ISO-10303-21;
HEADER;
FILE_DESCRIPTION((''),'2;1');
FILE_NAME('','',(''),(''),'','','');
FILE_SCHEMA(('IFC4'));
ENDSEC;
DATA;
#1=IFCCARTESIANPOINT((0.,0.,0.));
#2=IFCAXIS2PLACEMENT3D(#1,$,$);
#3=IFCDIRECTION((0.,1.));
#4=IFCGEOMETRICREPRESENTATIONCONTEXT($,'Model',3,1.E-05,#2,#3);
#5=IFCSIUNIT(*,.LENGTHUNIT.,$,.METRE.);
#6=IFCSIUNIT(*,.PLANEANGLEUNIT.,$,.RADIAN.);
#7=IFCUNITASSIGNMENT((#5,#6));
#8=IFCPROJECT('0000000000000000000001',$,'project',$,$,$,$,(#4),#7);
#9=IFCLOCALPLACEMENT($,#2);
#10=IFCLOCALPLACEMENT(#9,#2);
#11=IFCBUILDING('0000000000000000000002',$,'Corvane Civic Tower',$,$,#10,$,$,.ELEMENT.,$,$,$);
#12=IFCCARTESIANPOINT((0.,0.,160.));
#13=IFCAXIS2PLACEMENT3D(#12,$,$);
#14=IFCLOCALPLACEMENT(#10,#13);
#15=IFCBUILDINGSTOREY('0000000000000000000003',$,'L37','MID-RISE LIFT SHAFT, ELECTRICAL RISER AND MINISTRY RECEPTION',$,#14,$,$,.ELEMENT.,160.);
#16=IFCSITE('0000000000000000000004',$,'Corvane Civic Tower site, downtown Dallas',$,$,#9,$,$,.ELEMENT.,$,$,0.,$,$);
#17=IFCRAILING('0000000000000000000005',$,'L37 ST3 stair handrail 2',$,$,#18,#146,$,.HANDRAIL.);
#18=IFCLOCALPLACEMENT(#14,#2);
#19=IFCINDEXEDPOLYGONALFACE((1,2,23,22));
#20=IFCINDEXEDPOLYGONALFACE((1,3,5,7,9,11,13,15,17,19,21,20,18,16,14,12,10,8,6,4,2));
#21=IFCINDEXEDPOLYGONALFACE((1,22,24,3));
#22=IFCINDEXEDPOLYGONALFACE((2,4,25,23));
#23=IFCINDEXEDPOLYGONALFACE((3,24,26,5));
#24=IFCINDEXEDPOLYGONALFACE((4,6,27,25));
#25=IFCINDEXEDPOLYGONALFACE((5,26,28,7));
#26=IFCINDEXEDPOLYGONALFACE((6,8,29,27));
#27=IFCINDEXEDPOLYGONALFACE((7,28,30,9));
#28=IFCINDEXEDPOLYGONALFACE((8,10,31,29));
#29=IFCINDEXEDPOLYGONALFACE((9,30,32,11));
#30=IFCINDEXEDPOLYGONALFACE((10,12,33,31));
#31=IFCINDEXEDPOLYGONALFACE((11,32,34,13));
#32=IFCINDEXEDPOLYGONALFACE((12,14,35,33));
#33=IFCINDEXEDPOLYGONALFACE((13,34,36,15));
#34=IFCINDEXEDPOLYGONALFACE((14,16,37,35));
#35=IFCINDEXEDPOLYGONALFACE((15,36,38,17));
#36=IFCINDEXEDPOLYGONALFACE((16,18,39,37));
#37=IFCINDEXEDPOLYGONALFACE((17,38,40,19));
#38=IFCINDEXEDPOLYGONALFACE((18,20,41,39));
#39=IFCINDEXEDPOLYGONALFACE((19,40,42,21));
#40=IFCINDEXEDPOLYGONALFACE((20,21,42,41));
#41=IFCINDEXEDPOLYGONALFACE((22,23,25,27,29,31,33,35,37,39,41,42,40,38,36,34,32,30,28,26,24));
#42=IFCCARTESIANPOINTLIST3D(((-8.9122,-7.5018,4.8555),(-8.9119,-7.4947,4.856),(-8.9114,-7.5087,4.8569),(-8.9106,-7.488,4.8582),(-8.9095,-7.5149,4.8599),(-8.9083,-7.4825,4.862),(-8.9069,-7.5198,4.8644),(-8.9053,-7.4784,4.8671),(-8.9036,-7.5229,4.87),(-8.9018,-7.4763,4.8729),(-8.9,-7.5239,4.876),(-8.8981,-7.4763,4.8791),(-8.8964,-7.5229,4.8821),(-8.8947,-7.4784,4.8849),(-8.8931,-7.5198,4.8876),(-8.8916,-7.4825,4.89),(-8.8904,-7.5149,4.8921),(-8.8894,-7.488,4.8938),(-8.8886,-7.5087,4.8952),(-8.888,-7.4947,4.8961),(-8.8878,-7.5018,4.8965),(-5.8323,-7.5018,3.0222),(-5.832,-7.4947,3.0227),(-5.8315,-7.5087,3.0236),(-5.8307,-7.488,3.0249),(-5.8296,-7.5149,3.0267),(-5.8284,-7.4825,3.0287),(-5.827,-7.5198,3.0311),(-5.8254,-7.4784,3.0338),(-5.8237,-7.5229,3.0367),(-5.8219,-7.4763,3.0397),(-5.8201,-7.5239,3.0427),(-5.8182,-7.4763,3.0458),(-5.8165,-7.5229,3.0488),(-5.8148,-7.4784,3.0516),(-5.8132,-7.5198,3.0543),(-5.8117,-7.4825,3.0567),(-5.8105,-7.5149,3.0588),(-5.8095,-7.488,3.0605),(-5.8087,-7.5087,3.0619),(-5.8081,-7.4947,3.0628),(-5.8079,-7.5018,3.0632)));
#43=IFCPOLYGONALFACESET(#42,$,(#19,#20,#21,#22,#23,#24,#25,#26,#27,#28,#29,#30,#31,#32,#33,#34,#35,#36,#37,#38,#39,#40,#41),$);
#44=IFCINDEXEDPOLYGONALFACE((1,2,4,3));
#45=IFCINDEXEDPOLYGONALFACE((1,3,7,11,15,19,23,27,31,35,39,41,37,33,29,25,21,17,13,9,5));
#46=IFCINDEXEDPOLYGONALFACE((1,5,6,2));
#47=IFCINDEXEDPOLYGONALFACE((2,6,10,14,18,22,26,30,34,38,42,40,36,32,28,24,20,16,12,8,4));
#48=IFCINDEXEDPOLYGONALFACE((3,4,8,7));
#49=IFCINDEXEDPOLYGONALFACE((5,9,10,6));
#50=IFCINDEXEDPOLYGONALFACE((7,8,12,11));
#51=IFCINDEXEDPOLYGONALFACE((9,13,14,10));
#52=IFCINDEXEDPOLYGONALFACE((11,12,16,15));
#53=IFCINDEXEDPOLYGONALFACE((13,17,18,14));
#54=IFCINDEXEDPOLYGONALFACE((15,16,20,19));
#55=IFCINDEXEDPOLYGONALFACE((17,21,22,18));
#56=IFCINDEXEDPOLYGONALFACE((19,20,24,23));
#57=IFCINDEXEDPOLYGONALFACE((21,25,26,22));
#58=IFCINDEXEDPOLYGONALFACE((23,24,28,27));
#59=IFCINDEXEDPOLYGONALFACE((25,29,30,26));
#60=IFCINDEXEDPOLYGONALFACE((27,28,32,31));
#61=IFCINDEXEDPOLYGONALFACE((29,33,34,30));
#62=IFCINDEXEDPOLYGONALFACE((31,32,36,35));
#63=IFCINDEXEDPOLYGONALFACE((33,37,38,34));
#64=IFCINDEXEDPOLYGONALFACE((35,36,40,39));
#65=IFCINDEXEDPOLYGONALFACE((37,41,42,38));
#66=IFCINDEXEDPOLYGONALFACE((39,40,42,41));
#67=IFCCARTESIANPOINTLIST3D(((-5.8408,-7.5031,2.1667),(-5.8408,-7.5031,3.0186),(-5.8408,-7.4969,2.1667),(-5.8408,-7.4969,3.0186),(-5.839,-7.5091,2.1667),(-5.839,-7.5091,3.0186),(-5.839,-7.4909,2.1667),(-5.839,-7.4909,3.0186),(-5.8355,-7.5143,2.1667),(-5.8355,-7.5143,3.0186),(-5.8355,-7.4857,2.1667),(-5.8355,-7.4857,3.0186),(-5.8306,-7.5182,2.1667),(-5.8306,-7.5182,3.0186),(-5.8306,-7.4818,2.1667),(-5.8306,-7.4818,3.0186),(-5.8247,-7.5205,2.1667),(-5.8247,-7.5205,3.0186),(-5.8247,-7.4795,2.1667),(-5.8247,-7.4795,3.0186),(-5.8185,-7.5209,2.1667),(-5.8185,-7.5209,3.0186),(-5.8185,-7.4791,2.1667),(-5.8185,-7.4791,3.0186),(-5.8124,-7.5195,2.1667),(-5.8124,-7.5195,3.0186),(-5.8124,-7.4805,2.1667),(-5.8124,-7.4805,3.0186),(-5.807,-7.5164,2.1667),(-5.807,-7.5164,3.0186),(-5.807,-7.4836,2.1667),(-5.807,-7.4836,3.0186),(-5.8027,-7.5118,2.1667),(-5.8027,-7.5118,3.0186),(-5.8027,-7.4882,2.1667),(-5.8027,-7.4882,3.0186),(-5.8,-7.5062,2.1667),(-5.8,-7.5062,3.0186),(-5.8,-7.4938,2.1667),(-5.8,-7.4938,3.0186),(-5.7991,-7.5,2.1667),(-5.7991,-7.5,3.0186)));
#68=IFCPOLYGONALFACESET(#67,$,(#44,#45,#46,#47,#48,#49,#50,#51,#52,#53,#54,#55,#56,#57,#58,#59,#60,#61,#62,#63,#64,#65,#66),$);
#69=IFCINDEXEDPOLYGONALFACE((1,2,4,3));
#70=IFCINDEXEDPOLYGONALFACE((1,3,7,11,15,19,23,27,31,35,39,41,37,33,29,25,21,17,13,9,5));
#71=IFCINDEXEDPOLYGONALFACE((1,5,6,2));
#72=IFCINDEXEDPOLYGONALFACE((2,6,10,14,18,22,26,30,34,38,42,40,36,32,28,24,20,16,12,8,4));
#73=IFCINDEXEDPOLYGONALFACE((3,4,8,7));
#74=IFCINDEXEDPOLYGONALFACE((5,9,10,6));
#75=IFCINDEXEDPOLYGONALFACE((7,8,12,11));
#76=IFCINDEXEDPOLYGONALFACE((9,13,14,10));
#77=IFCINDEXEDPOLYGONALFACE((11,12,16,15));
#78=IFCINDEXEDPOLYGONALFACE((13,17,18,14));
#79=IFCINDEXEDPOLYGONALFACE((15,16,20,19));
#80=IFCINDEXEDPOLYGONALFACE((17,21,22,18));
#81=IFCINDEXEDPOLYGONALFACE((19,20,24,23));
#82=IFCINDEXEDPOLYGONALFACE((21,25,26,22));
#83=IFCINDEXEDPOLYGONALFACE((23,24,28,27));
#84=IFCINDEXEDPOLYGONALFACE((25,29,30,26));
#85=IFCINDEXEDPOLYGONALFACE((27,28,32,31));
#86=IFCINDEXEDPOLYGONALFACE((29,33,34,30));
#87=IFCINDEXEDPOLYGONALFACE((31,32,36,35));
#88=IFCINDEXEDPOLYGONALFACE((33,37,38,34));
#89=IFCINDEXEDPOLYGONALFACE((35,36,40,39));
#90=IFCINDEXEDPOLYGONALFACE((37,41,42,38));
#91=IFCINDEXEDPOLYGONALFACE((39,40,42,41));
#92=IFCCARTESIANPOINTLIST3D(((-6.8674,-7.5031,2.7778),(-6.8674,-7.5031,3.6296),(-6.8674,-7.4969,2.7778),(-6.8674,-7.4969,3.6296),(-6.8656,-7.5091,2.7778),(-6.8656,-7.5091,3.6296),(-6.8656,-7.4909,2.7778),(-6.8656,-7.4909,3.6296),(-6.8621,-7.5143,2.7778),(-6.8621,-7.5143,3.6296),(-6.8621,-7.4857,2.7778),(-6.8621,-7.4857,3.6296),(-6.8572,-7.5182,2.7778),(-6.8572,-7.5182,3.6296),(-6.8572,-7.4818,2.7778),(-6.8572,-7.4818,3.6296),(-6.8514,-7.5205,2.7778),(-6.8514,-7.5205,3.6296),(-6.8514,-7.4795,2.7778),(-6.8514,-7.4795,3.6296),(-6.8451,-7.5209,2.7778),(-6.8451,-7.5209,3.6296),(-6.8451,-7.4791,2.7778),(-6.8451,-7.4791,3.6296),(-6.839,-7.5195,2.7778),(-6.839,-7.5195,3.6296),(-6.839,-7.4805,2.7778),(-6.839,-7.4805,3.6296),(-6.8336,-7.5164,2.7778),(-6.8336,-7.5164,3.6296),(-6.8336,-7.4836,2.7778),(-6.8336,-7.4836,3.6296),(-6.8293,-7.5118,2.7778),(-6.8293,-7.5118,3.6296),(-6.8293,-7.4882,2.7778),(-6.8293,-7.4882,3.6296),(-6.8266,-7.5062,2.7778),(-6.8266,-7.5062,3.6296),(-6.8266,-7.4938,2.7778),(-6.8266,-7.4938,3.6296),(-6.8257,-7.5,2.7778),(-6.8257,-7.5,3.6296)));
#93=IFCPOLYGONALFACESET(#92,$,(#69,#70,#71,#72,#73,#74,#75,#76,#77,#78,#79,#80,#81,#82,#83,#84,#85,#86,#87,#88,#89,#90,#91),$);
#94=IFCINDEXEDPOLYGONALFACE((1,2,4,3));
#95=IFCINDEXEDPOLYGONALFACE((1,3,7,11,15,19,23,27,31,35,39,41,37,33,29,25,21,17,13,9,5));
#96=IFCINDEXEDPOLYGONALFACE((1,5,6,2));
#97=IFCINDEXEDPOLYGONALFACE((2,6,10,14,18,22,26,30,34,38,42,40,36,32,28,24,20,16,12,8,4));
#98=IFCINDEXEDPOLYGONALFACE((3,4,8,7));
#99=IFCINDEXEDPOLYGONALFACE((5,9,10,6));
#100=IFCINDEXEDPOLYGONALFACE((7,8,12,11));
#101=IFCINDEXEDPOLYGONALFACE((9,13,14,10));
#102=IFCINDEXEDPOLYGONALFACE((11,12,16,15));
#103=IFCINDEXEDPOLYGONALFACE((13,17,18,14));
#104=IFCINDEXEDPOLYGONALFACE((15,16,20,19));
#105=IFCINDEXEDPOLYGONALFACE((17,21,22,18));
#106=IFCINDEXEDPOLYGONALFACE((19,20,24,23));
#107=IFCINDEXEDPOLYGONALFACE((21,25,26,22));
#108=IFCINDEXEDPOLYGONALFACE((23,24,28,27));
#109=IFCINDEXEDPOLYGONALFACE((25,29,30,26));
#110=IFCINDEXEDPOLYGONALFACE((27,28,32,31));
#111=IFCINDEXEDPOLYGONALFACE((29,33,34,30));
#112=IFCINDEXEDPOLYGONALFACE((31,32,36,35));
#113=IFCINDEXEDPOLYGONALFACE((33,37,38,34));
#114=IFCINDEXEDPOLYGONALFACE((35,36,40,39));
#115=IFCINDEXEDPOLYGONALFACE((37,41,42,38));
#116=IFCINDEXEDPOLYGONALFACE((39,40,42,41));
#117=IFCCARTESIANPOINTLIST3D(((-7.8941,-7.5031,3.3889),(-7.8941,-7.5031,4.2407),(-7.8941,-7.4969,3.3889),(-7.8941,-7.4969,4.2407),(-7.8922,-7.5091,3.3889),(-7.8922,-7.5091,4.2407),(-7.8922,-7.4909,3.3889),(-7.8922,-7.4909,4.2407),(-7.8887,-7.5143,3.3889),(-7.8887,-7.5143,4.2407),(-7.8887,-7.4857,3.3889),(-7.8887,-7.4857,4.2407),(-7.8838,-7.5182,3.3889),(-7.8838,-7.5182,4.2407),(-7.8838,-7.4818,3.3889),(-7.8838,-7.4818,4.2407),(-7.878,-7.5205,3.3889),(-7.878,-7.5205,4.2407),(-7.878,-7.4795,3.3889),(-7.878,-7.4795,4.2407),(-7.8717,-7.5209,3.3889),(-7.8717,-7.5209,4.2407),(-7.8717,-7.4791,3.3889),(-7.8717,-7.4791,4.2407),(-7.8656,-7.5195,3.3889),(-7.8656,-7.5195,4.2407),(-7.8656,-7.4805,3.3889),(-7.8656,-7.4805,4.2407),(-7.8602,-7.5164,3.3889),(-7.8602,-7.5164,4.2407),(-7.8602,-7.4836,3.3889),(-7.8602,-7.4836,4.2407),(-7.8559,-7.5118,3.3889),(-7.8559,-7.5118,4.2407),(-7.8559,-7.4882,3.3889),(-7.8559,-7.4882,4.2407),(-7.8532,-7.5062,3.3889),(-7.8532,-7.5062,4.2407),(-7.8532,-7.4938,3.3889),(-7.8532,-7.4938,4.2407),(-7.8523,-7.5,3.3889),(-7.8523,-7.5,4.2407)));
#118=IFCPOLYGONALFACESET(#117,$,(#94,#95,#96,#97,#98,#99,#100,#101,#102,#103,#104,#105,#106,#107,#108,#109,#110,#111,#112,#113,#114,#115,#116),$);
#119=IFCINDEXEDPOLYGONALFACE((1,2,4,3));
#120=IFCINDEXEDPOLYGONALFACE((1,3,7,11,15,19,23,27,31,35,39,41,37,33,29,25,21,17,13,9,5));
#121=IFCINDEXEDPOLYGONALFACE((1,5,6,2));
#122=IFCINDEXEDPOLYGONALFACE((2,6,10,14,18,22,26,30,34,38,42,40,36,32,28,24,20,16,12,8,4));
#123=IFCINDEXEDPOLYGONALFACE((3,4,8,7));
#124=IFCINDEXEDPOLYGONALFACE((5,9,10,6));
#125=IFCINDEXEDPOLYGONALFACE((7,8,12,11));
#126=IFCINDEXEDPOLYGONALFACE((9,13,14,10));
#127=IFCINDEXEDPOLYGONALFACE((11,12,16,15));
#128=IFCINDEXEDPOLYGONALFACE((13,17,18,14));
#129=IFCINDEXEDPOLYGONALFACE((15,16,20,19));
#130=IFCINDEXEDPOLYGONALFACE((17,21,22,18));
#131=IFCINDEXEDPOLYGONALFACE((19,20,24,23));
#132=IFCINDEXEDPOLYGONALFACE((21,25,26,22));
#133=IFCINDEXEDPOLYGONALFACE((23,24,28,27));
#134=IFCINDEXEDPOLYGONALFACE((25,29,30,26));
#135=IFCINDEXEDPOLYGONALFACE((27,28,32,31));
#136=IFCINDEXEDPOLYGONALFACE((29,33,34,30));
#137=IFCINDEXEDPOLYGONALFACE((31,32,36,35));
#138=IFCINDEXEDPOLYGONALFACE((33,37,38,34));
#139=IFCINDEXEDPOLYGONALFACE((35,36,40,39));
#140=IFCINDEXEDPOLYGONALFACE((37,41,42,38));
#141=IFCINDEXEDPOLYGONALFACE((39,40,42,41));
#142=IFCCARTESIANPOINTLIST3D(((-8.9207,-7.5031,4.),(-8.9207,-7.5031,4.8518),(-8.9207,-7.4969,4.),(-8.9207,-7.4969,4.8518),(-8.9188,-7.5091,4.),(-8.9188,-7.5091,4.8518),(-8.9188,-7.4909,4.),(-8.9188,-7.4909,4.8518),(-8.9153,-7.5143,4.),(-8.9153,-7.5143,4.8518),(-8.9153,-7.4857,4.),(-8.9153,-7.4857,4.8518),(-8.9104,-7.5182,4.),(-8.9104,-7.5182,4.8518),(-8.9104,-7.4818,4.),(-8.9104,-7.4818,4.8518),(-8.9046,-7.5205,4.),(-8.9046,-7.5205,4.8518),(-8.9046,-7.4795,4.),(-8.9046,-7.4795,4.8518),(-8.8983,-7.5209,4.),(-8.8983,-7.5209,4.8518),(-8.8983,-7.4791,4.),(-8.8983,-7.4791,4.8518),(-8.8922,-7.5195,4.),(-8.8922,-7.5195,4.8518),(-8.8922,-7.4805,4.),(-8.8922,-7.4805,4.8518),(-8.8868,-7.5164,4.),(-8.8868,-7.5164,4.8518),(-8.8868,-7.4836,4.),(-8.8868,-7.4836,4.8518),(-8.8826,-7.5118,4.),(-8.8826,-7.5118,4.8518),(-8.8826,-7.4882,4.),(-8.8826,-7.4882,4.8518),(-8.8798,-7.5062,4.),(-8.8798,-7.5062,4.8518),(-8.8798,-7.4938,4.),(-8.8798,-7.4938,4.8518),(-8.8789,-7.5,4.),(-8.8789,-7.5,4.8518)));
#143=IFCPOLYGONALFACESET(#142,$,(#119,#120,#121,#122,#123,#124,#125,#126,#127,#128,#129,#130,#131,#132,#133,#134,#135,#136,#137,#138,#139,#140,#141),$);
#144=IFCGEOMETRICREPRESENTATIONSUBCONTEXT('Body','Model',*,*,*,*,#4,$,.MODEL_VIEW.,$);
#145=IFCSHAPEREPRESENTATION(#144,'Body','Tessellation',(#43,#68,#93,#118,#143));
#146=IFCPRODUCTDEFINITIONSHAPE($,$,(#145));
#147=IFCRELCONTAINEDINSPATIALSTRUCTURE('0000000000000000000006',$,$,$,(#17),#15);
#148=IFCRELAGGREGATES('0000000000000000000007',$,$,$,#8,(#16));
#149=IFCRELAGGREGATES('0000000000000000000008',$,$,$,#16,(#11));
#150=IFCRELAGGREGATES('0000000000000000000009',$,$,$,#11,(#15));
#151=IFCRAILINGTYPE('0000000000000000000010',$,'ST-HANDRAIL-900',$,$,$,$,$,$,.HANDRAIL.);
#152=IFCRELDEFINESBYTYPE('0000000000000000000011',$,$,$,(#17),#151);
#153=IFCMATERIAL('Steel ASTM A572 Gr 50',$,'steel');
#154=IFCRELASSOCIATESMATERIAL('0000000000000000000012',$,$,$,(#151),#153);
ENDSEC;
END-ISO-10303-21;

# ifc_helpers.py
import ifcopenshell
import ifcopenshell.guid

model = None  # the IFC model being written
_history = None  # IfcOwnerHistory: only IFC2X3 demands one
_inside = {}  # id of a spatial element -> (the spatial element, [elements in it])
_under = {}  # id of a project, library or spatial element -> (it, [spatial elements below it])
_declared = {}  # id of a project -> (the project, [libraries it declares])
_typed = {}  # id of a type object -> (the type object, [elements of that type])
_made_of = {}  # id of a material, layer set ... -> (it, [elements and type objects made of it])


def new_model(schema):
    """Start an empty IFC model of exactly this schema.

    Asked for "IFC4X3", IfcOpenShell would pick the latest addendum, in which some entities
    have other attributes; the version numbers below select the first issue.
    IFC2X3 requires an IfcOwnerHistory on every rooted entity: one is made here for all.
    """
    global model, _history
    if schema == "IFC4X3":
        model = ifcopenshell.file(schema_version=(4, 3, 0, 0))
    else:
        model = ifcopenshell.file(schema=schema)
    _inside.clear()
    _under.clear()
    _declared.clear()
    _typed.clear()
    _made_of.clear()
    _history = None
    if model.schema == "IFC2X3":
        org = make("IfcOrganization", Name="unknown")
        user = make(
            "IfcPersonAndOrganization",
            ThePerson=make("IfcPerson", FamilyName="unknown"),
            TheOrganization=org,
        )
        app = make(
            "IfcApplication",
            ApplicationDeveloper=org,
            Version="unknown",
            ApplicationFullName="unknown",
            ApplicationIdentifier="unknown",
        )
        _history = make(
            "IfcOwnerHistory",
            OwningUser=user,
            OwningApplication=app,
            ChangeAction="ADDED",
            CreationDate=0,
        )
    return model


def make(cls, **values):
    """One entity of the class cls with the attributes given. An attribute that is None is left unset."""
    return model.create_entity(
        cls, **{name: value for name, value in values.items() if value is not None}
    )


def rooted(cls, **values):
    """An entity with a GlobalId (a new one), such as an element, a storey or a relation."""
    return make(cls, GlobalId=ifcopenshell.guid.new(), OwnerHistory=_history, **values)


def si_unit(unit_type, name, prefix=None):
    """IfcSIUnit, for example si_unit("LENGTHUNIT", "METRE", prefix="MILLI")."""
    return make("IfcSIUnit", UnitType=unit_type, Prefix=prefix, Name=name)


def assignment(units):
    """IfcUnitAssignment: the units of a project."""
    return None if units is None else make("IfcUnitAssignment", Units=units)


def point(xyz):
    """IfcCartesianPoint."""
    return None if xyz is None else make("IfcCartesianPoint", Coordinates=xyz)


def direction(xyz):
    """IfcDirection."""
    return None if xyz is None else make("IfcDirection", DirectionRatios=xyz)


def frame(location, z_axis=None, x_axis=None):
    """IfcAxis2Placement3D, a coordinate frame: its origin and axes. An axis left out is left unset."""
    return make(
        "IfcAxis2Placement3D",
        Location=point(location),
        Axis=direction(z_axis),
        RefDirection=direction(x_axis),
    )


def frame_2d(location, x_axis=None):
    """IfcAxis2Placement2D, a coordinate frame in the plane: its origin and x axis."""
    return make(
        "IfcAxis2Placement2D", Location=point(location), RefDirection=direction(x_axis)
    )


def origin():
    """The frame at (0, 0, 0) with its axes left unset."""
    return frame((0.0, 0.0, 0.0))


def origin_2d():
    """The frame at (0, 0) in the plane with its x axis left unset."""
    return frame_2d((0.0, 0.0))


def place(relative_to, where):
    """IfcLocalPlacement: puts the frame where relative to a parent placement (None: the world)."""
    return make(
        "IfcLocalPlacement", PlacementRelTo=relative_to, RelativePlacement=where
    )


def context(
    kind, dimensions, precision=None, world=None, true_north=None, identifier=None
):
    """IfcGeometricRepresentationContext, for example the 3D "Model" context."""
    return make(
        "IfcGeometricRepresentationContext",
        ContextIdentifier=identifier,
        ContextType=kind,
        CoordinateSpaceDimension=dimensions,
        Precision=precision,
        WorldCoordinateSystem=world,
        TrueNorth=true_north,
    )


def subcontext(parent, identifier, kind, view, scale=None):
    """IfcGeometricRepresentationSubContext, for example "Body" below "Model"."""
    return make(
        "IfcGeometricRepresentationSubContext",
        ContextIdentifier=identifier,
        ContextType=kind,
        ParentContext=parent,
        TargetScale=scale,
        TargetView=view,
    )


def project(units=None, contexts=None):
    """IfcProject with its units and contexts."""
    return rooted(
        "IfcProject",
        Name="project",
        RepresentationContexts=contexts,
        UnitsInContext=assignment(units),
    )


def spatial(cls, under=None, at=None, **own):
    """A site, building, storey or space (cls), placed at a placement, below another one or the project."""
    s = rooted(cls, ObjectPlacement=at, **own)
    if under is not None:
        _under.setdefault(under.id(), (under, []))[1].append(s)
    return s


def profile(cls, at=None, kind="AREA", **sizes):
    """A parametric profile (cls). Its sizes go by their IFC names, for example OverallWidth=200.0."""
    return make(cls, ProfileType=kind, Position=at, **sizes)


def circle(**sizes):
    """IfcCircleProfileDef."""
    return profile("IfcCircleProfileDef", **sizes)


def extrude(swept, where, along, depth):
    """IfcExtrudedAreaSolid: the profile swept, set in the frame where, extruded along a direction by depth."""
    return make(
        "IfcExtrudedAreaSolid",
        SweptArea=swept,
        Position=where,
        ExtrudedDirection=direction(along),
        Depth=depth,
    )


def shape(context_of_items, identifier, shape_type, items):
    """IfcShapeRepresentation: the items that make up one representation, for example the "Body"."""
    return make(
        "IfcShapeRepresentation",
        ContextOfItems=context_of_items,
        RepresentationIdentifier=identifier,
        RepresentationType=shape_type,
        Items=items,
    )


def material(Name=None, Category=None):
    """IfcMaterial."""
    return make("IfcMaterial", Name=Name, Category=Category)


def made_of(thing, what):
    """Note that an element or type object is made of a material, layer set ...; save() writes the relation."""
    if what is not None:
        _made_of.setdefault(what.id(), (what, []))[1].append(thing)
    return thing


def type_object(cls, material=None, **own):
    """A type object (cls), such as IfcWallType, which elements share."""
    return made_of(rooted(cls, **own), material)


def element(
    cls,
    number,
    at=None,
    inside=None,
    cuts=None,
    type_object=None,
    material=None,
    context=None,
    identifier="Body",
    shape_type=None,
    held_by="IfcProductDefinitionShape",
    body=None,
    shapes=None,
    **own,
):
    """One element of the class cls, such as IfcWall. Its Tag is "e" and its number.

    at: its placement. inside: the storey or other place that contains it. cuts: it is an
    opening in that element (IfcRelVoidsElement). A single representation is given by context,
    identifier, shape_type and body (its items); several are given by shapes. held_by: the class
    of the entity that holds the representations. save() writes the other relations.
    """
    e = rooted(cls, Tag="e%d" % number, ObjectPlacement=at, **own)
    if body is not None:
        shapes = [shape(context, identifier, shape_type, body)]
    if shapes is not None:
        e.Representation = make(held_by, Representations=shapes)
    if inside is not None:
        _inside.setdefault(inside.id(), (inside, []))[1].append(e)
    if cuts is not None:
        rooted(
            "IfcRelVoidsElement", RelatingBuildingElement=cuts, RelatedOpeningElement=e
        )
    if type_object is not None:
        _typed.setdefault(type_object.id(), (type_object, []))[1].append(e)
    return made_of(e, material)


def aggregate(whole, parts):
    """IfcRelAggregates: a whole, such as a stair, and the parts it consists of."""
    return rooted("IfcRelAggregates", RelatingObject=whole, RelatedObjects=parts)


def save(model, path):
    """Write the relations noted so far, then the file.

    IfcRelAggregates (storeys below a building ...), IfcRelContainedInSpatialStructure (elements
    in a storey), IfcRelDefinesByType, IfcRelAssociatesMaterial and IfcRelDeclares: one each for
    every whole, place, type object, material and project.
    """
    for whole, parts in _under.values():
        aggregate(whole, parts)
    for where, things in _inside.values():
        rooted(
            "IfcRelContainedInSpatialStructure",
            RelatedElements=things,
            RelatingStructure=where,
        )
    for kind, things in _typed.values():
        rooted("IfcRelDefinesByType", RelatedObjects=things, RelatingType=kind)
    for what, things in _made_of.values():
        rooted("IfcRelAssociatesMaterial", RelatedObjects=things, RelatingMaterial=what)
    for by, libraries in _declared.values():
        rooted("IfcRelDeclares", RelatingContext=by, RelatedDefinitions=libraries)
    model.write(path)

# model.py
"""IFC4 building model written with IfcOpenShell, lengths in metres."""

from ifc_helpers import new_model, si_unit, direction, frame, origin, origin_2d, place, context, subcontext, project, spatial, circle, extrude, material, type_object, element, save


model = new_model("IFC4")

# Units and contexts
model_context = context("Model", 3, precision=1e-05, world=origin(), true_north=direction((0.0, 1.0)))
body_context = subcontext(model_context, "Body", "Model", "MODEL_VIEW")
ifc_project = project(units=[si_unit("LENGTHUNIT", "METRE"), si_unit("PLANEANGLEUNIT", "RADIAN")], contexts=[model_context])

# Site, building, storey
site_placement = place(None, origin())
site = spatial("IfcSite", under=ifc_project, at=site_placement, Name="Corvane Civic Tower site, downtown Dallas", CompositionType="ELEMENT", RefElevation=0.0)
building_placement = place(site_placement, origin())
building = spatial("IfcBuilding", under=site, at=building_placement, Name="Corvane Civic Tower", CompositionType="ELEMENT")
storey_placement = place(building_placement, frame((0.0, 0.0, 160.0)))
storey = spatial("IfcBuildingStorey", under=building, at=storey_placement, Name="L37", Description="MID-RISE LIFT SHAFT, ELECTRICAL RISER AND MINISTRY RECEPTION", CompositionType="ELEMENT", Elevation=160.0)

# Railing
ifc_material_1 = material(Name="Steel ASTM A572 Gr 50", Category="steel")
railing_type_1 = type_object("IfcRailingType", Name="ST-HANDRAIL-900", PredefinedType="HANDRAIL", material=ifc_material_1)
railing_1_placement = place(storey_placement, frame((-5.8201, -7.5, 2.1667)))
element("IfcRailing", 1, at=railing_1_placement, inside=storey, type_object=railing_type_1, Name="L37 ST3 stair handrail 2", PredefinedType="HANDRAIL", context=body_context, shape_type="SweptSolid", body=[
    extrude(circle(Radius=0.0239, at=origin_2d()), frame((0.0, 0.0, 0.876), z_axis=(-0.859291, 0.0, 0.511487), x_axis=(0.0, -1.0, 0.0)), (0.0, 0.0, 1.0), 3.5842),
    extrude(circle(Radius=0.021, at=origin_2d()), origin(), (0.0, 0.0, 1.0), 0.8518),
    extrude(circle(Radius=0.021, at=origin_2d()), frame((-1.0266, 0.0, 0.6111)), (0.0, 0.0, 1.0), 0.8518),
    extrude(circle(Radius=0.021, at=origin_2d()), frame((-2.0532, 0.0, 1.2222)), (0.0, 0.0, 1.0), 0.8518),
    extrude(circle(Radius=0.021, at=origin_2d()), frame((-3.0798, 0.0, 1.8333)), (0.0, 0.0, 1.0), 0.8518),
])

save(model, "model.ifc")
